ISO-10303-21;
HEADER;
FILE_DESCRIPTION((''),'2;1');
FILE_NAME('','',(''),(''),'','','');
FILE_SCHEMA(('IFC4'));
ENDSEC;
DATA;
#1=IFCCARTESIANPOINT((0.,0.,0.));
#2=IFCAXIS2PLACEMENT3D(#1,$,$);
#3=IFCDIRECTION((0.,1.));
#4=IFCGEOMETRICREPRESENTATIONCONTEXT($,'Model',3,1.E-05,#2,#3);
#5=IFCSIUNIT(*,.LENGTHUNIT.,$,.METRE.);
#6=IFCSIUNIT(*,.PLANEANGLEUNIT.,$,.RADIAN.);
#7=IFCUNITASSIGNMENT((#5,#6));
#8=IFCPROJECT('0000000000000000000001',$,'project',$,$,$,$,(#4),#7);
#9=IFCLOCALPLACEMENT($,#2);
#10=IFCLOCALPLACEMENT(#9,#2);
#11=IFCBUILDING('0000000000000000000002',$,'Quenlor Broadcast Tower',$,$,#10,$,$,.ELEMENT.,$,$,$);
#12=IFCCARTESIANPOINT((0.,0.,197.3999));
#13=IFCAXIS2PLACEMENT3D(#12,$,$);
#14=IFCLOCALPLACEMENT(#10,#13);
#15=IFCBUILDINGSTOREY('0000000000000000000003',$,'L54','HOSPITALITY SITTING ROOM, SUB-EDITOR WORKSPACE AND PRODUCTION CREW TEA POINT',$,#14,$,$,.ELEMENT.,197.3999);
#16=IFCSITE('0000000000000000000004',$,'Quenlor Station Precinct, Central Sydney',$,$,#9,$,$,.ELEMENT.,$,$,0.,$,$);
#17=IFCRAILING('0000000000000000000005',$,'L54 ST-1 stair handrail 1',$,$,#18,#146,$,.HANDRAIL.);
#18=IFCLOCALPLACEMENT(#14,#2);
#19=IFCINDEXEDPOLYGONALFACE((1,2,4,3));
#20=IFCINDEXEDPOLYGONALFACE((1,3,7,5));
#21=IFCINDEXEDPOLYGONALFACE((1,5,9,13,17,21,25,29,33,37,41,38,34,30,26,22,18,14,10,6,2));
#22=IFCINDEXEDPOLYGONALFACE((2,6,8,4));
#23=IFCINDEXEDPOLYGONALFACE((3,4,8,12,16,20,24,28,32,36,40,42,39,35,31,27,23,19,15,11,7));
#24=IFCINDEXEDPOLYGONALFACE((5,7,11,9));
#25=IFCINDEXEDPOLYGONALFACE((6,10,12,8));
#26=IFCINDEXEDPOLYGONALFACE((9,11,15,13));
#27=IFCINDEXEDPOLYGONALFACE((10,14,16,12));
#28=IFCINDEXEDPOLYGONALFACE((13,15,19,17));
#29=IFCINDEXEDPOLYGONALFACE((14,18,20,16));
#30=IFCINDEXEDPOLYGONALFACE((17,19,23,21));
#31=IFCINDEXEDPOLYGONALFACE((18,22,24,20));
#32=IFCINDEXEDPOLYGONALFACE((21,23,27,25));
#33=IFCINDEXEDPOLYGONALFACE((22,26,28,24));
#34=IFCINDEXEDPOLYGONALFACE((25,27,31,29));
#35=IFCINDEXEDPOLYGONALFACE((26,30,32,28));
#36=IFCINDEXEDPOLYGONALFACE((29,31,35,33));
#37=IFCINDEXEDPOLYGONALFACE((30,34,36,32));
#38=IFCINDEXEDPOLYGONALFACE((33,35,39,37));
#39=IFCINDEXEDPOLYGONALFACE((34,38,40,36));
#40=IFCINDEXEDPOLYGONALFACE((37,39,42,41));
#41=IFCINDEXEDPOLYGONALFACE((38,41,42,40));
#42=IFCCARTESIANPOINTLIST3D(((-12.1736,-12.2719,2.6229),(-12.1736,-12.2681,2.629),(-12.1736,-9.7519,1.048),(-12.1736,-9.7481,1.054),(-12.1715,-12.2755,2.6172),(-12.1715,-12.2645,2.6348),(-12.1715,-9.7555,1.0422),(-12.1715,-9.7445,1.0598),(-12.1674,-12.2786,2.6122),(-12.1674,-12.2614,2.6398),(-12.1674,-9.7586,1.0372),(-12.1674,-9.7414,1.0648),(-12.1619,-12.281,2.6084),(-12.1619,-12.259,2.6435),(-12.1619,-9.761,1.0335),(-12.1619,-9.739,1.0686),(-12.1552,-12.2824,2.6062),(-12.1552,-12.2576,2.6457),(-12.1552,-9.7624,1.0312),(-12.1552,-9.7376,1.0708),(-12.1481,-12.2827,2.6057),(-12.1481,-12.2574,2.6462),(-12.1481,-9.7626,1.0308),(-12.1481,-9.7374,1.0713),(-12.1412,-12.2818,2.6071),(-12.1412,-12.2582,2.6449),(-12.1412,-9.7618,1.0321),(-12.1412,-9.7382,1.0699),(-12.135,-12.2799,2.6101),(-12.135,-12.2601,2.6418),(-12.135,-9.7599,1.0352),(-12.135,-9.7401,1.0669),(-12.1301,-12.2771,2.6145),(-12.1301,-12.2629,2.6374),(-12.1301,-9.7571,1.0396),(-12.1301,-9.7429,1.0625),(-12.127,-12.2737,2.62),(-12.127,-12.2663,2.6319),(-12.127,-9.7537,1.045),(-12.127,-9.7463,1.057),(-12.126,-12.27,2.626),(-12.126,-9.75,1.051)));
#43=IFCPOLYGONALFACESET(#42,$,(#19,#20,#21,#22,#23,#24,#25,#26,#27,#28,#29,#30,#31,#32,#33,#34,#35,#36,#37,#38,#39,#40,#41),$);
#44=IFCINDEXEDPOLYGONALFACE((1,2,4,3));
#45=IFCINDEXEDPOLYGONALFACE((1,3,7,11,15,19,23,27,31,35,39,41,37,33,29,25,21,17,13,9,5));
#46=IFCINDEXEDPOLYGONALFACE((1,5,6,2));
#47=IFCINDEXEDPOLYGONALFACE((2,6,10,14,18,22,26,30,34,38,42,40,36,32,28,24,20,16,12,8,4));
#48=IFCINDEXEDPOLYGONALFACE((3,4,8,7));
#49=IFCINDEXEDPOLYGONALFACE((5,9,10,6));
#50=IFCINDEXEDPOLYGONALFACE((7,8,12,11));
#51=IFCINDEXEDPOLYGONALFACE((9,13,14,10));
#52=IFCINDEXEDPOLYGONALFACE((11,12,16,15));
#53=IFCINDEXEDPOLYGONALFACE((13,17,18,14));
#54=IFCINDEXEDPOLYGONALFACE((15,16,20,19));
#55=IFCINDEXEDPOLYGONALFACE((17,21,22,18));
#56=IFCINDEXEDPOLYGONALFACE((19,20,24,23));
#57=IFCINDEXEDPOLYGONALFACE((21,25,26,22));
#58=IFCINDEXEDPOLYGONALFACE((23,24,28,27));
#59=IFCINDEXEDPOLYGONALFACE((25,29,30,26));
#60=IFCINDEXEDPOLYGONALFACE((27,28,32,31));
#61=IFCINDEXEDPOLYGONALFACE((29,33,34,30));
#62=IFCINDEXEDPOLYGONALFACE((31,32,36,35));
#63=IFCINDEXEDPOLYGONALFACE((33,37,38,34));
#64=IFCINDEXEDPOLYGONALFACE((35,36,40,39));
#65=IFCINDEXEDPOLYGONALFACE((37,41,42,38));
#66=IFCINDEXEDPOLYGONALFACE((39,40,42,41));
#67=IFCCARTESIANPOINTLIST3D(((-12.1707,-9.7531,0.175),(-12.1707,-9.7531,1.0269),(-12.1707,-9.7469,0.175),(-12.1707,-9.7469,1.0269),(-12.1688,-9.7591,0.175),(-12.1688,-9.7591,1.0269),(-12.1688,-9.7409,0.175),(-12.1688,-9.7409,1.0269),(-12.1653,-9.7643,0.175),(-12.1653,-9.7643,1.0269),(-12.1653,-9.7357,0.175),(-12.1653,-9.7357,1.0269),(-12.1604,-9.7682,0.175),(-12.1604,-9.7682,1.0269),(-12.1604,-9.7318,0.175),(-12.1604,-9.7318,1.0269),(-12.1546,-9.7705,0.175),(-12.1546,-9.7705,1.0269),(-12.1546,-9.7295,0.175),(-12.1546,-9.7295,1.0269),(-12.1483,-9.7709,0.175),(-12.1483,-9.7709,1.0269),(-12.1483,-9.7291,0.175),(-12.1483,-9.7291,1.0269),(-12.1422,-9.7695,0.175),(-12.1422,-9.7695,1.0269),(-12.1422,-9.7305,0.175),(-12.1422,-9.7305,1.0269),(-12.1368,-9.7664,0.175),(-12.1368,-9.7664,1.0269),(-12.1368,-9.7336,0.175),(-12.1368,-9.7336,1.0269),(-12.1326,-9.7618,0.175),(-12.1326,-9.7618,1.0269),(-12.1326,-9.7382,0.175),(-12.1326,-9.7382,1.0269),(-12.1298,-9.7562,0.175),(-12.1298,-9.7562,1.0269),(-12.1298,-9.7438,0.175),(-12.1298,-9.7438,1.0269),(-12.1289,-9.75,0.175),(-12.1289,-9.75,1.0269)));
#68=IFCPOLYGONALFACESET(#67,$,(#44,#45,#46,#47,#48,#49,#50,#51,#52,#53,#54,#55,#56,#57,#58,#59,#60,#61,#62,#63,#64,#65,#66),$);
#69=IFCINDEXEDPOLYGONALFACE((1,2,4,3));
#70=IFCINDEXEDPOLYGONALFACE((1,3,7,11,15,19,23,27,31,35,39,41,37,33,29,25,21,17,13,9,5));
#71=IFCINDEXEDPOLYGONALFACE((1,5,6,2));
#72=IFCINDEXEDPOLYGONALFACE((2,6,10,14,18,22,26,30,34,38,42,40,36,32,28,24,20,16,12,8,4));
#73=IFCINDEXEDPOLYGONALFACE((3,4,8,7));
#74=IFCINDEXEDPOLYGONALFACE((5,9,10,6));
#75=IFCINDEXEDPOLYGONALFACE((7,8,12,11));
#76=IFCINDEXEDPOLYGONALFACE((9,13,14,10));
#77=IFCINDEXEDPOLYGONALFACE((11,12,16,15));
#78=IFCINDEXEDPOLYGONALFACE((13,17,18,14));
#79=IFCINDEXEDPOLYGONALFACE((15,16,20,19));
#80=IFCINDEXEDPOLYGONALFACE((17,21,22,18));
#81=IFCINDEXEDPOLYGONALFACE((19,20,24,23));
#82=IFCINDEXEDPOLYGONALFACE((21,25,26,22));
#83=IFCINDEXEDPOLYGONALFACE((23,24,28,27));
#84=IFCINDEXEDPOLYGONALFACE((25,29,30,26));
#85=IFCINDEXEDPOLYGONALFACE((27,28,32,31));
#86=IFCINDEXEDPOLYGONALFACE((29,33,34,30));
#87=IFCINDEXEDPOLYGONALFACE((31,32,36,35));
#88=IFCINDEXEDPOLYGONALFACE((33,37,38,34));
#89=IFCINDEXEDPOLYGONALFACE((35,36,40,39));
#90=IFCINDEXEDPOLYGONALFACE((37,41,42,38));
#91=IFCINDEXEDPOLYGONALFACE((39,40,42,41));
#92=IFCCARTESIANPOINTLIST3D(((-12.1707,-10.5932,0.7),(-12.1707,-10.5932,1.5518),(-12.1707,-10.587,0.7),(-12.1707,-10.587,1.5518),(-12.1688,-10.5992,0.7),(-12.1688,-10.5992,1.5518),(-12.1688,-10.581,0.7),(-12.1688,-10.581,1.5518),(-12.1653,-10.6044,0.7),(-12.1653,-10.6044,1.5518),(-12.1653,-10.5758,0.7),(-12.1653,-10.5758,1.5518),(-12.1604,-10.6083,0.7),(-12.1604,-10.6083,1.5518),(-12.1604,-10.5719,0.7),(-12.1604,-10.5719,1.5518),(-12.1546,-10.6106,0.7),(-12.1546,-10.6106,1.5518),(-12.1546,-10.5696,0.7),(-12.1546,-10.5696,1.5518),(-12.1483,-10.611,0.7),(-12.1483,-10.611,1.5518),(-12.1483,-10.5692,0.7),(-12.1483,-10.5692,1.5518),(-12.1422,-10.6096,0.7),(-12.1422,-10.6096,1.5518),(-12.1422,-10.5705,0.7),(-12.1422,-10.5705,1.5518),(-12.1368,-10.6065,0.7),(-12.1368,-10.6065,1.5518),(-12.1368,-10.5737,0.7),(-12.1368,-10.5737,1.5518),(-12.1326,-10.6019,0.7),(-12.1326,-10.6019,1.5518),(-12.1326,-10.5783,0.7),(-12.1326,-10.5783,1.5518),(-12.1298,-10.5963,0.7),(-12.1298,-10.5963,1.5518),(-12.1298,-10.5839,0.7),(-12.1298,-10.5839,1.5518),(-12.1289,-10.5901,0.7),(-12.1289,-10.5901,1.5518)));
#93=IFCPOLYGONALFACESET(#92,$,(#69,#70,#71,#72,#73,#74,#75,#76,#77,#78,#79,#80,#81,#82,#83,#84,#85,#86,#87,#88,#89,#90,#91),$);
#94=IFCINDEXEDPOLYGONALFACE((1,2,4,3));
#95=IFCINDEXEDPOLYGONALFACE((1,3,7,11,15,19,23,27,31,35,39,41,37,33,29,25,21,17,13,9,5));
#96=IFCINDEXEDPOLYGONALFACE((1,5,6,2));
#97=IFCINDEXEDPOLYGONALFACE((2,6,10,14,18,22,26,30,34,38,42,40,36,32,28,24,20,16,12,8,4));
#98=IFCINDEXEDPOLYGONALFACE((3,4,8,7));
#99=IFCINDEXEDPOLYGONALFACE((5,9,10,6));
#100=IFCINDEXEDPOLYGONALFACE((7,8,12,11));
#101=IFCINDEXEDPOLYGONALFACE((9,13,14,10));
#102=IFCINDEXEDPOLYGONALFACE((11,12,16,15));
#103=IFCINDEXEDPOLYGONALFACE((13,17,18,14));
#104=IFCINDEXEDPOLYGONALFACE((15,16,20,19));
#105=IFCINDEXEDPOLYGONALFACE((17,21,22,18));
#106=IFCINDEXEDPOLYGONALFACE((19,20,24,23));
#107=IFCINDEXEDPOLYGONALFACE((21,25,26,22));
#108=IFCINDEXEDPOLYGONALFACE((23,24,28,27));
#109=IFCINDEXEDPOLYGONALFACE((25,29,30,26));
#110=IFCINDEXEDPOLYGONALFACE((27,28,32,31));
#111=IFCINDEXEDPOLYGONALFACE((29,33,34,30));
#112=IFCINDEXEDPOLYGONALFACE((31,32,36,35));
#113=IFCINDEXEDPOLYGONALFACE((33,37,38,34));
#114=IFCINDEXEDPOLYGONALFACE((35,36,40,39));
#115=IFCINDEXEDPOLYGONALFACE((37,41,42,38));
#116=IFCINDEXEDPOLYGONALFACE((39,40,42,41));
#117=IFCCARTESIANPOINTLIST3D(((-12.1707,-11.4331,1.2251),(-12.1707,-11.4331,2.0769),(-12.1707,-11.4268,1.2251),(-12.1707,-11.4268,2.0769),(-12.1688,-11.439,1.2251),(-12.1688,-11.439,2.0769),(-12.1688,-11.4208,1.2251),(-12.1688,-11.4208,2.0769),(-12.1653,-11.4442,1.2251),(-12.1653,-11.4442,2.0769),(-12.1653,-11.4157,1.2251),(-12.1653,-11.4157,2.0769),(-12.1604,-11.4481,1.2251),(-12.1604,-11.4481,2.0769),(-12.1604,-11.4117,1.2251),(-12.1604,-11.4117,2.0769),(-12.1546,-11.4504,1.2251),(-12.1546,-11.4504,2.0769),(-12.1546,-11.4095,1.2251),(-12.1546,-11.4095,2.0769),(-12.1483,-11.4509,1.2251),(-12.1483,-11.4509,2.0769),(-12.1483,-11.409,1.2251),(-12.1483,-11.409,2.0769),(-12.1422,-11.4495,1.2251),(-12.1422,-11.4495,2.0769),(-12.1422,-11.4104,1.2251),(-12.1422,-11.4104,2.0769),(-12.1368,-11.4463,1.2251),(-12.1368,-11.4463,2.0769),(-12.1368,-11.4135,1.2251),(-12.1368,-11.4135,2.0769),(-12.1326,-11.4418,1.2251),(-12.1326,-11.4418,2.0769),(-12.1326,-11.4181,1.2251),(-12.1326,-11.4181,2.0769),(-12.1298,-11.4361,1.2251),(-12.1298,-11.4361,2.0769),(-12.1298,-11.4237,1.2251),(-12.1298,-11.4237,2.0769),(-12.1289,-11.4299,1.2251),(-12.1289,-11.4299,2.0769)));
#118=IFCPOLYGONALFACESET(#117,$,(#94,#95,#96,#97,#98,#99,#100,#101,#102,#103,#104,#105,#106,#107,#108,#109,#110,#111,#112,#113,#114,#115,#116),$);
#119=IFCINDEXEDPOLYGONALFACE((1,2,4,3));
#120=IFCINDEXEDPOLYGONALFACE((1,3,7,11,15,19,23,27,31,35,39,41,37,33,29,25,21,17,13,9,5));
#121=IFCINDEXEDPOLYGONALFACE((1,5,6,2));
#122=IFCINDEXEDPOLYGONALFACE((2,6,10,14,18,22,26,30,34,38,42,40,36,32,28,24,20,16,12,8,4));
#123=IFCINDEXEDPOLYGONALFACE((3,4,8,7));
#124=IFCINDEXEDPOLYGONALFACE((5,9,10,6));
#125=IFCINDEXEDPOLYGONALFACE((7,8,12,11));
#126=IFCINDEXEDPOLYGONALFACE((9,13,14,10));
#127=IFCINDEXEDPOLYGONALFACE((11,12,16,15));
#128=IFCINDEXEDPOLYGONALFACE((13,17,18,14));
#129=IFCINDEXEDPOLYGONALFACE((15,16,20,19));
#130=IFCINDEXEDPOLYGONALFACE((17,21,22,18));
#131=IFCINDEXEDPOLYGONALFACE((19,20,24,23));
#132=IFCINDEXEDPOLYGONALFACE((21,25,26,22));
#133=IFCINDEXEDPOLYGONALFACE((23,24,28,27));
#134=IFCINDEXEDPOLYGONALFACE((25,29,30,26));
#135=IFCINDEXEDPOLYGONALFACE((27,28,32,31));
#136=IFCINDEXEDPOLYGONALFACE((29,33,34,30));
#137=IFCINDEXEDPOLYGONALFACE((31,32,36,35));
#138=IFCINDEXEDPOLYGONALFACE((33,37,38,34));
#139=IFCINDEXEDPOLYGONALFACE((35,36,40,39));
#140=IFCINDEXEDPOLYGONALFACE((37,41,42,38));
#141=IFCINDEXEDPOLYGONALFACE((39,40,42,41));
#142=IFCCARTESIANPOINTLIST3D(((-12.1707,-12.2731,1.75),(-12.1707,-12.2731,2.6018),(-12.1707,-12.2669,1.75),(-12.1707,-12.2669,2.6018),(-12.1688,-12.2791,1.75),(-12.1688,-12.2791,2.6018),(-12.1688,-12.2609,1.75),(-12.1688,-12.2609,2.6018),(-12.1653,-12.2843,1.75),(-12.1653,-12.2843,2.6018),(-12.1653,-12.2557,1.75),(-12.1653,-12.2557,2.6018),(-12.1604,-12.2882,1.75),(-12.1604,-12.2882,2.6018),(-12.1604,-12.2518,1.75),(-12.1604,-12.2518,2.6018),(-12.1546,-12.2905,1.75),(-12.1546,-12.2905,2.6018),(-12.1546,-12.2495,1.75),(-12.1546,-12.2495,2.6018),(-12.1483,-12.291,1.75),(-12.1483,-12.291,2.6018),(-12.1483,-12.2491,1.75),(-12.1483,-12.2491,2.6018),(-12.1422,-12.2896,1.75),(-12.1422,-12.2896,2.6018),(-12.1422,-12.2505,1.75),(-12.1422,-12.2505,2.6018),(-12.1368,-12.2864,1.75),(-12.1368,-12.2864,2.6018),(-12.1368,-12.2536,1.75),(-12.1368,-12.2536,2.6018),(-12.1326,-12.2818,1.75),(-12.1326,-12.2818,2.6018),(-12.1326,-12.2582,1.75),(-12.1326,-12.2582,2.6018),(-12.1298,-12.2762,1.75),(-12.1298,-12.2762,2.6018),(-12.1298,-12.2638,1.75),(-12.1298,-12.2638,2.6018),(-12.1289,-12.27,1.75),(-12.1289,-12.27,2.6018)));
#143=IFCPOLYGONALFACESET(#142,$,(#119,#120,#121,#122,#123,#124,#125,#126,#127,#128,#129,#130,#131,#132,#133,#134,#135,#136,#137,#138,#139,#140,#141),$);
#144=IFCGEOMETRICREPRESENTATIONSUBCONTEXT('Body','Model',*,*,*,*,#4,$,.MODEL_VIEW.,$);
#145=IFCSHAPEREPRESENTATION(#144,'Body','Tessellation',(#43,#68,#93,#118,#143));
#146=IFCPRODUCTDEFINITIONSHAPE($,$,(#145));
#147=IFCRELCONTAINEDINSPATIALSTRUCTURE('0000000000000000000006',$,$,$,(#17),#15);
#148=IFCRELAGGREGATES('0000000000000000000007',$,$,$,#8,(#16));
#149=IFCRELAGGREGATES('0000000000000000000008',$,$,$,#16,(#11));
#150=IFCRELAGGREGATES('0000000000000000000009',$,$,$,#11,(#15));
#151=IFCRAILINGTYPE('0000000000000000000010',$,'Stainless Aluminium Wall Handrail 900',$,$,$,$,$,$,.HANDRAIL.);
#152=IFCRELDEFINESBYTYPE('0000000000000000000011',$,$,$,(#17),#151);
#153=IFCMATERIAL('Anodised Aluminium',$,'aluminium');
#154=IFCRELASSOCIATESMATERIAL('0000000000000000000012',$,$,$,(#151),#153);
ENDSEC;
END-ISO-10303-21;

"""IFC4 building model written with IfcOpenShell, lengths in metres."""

from ifc_helpers import new_model, si_unit, direction, frame, origin, origin_2d, place, context, subcontext, project, spatial, circle, extrude, material, type_object, element, save


model = new_model("IFC4")

# Units and contexts
model_context = context("Model", 3, precision=1e-05, world=origin(), true_north=direction((0.0, 1.0)))
body_context = subcontext(model_context, "Body", "Model", "MODEL_VIEW")
ifc_project = project(units=[si_unit("LENGTHUNIT", "METRE"), si_unit("PLANEANGLEUNIT", "RADIAN")], contexts=[model_context])

# Site, building, storey
site_placement = place(None, origin())
site = spatial("IfcSite", under=ifc_project, at=site_placement, Name="Quenlor Station Precinct, Central Sydney", CompositionType="ELEMENT", RefElevation=0.0)
building_placement = place(site_placement, origin())
building = spatial("IfcBuilding", under=site, at=building_placement, Name="Quenlor Broadcast Tower", CompositionType="ELEMENT")
storey_placement = place(building_placement, frame((0.0, 0.0, 197.3999)))
storey = spatial("IfcBuildingStorey", under=building, at=storey_placement, Name="L54", Description="HOSPITALITY SITTING ROOM, SUB-EDITOR WORKSPACE AND PRODUCTION CREW TEA POINT", CompositionType="ELEMENT", Elevation=197.3999)

# Railing
ifc_material_1 = material(Name="Anodised Aluminium", Category="aluminium")
railing_type_1 = type_object("IfcRailingType", Name="Stainless Aluminium Wall Handrail 900", PredefinedType="HANDRAIL", material=ifc_material_1)
railing_1_placement = place(storey_placement, frame((-12.1499, -9.75, 0.175)))
element("IfcRailing", 1, at=railing_1_placement, inside=storey, type_object=railing_type_1, Name="L54 ST-1 stair handrail 1", PredefinedType="HANDRAIL", context=body_context, shape_type="SweptSolid", body=[
    extrude(circle(Radius=0.0239, at=origin_2d()), frame((0.0, 0.0, 0.876), z_axis=(0.0, -0.848008, 0.529984), x_axis=(1.0, 0.0, 0.0)), (0.0, 0.0, 1.0), 2.9717),
    extrude(circle(Radius=0.021, at=origin_2d()), origin(), (0.0, 0.0, 1.0), 0.8518),
    extrude(circle(Radius=0.021, at=origin_2d()), frame((0.0, -0.8401, 0.5249)), (0.0, 0.0, 1.0), 0.8518),
    extrude(circle(Radius=0.021, at=origin_2d()), frame((0.0, -1.6799, 1.05)), (0.0, 0.0, 1.0), 0.8518),
    extrude(circle(Radius=0.021, at=origin_2d()), frame((0.0, -2.52, 1.575)), (0.0, 0.0, 1.0), 0.8518),
])

save(model, "model.ifc")
